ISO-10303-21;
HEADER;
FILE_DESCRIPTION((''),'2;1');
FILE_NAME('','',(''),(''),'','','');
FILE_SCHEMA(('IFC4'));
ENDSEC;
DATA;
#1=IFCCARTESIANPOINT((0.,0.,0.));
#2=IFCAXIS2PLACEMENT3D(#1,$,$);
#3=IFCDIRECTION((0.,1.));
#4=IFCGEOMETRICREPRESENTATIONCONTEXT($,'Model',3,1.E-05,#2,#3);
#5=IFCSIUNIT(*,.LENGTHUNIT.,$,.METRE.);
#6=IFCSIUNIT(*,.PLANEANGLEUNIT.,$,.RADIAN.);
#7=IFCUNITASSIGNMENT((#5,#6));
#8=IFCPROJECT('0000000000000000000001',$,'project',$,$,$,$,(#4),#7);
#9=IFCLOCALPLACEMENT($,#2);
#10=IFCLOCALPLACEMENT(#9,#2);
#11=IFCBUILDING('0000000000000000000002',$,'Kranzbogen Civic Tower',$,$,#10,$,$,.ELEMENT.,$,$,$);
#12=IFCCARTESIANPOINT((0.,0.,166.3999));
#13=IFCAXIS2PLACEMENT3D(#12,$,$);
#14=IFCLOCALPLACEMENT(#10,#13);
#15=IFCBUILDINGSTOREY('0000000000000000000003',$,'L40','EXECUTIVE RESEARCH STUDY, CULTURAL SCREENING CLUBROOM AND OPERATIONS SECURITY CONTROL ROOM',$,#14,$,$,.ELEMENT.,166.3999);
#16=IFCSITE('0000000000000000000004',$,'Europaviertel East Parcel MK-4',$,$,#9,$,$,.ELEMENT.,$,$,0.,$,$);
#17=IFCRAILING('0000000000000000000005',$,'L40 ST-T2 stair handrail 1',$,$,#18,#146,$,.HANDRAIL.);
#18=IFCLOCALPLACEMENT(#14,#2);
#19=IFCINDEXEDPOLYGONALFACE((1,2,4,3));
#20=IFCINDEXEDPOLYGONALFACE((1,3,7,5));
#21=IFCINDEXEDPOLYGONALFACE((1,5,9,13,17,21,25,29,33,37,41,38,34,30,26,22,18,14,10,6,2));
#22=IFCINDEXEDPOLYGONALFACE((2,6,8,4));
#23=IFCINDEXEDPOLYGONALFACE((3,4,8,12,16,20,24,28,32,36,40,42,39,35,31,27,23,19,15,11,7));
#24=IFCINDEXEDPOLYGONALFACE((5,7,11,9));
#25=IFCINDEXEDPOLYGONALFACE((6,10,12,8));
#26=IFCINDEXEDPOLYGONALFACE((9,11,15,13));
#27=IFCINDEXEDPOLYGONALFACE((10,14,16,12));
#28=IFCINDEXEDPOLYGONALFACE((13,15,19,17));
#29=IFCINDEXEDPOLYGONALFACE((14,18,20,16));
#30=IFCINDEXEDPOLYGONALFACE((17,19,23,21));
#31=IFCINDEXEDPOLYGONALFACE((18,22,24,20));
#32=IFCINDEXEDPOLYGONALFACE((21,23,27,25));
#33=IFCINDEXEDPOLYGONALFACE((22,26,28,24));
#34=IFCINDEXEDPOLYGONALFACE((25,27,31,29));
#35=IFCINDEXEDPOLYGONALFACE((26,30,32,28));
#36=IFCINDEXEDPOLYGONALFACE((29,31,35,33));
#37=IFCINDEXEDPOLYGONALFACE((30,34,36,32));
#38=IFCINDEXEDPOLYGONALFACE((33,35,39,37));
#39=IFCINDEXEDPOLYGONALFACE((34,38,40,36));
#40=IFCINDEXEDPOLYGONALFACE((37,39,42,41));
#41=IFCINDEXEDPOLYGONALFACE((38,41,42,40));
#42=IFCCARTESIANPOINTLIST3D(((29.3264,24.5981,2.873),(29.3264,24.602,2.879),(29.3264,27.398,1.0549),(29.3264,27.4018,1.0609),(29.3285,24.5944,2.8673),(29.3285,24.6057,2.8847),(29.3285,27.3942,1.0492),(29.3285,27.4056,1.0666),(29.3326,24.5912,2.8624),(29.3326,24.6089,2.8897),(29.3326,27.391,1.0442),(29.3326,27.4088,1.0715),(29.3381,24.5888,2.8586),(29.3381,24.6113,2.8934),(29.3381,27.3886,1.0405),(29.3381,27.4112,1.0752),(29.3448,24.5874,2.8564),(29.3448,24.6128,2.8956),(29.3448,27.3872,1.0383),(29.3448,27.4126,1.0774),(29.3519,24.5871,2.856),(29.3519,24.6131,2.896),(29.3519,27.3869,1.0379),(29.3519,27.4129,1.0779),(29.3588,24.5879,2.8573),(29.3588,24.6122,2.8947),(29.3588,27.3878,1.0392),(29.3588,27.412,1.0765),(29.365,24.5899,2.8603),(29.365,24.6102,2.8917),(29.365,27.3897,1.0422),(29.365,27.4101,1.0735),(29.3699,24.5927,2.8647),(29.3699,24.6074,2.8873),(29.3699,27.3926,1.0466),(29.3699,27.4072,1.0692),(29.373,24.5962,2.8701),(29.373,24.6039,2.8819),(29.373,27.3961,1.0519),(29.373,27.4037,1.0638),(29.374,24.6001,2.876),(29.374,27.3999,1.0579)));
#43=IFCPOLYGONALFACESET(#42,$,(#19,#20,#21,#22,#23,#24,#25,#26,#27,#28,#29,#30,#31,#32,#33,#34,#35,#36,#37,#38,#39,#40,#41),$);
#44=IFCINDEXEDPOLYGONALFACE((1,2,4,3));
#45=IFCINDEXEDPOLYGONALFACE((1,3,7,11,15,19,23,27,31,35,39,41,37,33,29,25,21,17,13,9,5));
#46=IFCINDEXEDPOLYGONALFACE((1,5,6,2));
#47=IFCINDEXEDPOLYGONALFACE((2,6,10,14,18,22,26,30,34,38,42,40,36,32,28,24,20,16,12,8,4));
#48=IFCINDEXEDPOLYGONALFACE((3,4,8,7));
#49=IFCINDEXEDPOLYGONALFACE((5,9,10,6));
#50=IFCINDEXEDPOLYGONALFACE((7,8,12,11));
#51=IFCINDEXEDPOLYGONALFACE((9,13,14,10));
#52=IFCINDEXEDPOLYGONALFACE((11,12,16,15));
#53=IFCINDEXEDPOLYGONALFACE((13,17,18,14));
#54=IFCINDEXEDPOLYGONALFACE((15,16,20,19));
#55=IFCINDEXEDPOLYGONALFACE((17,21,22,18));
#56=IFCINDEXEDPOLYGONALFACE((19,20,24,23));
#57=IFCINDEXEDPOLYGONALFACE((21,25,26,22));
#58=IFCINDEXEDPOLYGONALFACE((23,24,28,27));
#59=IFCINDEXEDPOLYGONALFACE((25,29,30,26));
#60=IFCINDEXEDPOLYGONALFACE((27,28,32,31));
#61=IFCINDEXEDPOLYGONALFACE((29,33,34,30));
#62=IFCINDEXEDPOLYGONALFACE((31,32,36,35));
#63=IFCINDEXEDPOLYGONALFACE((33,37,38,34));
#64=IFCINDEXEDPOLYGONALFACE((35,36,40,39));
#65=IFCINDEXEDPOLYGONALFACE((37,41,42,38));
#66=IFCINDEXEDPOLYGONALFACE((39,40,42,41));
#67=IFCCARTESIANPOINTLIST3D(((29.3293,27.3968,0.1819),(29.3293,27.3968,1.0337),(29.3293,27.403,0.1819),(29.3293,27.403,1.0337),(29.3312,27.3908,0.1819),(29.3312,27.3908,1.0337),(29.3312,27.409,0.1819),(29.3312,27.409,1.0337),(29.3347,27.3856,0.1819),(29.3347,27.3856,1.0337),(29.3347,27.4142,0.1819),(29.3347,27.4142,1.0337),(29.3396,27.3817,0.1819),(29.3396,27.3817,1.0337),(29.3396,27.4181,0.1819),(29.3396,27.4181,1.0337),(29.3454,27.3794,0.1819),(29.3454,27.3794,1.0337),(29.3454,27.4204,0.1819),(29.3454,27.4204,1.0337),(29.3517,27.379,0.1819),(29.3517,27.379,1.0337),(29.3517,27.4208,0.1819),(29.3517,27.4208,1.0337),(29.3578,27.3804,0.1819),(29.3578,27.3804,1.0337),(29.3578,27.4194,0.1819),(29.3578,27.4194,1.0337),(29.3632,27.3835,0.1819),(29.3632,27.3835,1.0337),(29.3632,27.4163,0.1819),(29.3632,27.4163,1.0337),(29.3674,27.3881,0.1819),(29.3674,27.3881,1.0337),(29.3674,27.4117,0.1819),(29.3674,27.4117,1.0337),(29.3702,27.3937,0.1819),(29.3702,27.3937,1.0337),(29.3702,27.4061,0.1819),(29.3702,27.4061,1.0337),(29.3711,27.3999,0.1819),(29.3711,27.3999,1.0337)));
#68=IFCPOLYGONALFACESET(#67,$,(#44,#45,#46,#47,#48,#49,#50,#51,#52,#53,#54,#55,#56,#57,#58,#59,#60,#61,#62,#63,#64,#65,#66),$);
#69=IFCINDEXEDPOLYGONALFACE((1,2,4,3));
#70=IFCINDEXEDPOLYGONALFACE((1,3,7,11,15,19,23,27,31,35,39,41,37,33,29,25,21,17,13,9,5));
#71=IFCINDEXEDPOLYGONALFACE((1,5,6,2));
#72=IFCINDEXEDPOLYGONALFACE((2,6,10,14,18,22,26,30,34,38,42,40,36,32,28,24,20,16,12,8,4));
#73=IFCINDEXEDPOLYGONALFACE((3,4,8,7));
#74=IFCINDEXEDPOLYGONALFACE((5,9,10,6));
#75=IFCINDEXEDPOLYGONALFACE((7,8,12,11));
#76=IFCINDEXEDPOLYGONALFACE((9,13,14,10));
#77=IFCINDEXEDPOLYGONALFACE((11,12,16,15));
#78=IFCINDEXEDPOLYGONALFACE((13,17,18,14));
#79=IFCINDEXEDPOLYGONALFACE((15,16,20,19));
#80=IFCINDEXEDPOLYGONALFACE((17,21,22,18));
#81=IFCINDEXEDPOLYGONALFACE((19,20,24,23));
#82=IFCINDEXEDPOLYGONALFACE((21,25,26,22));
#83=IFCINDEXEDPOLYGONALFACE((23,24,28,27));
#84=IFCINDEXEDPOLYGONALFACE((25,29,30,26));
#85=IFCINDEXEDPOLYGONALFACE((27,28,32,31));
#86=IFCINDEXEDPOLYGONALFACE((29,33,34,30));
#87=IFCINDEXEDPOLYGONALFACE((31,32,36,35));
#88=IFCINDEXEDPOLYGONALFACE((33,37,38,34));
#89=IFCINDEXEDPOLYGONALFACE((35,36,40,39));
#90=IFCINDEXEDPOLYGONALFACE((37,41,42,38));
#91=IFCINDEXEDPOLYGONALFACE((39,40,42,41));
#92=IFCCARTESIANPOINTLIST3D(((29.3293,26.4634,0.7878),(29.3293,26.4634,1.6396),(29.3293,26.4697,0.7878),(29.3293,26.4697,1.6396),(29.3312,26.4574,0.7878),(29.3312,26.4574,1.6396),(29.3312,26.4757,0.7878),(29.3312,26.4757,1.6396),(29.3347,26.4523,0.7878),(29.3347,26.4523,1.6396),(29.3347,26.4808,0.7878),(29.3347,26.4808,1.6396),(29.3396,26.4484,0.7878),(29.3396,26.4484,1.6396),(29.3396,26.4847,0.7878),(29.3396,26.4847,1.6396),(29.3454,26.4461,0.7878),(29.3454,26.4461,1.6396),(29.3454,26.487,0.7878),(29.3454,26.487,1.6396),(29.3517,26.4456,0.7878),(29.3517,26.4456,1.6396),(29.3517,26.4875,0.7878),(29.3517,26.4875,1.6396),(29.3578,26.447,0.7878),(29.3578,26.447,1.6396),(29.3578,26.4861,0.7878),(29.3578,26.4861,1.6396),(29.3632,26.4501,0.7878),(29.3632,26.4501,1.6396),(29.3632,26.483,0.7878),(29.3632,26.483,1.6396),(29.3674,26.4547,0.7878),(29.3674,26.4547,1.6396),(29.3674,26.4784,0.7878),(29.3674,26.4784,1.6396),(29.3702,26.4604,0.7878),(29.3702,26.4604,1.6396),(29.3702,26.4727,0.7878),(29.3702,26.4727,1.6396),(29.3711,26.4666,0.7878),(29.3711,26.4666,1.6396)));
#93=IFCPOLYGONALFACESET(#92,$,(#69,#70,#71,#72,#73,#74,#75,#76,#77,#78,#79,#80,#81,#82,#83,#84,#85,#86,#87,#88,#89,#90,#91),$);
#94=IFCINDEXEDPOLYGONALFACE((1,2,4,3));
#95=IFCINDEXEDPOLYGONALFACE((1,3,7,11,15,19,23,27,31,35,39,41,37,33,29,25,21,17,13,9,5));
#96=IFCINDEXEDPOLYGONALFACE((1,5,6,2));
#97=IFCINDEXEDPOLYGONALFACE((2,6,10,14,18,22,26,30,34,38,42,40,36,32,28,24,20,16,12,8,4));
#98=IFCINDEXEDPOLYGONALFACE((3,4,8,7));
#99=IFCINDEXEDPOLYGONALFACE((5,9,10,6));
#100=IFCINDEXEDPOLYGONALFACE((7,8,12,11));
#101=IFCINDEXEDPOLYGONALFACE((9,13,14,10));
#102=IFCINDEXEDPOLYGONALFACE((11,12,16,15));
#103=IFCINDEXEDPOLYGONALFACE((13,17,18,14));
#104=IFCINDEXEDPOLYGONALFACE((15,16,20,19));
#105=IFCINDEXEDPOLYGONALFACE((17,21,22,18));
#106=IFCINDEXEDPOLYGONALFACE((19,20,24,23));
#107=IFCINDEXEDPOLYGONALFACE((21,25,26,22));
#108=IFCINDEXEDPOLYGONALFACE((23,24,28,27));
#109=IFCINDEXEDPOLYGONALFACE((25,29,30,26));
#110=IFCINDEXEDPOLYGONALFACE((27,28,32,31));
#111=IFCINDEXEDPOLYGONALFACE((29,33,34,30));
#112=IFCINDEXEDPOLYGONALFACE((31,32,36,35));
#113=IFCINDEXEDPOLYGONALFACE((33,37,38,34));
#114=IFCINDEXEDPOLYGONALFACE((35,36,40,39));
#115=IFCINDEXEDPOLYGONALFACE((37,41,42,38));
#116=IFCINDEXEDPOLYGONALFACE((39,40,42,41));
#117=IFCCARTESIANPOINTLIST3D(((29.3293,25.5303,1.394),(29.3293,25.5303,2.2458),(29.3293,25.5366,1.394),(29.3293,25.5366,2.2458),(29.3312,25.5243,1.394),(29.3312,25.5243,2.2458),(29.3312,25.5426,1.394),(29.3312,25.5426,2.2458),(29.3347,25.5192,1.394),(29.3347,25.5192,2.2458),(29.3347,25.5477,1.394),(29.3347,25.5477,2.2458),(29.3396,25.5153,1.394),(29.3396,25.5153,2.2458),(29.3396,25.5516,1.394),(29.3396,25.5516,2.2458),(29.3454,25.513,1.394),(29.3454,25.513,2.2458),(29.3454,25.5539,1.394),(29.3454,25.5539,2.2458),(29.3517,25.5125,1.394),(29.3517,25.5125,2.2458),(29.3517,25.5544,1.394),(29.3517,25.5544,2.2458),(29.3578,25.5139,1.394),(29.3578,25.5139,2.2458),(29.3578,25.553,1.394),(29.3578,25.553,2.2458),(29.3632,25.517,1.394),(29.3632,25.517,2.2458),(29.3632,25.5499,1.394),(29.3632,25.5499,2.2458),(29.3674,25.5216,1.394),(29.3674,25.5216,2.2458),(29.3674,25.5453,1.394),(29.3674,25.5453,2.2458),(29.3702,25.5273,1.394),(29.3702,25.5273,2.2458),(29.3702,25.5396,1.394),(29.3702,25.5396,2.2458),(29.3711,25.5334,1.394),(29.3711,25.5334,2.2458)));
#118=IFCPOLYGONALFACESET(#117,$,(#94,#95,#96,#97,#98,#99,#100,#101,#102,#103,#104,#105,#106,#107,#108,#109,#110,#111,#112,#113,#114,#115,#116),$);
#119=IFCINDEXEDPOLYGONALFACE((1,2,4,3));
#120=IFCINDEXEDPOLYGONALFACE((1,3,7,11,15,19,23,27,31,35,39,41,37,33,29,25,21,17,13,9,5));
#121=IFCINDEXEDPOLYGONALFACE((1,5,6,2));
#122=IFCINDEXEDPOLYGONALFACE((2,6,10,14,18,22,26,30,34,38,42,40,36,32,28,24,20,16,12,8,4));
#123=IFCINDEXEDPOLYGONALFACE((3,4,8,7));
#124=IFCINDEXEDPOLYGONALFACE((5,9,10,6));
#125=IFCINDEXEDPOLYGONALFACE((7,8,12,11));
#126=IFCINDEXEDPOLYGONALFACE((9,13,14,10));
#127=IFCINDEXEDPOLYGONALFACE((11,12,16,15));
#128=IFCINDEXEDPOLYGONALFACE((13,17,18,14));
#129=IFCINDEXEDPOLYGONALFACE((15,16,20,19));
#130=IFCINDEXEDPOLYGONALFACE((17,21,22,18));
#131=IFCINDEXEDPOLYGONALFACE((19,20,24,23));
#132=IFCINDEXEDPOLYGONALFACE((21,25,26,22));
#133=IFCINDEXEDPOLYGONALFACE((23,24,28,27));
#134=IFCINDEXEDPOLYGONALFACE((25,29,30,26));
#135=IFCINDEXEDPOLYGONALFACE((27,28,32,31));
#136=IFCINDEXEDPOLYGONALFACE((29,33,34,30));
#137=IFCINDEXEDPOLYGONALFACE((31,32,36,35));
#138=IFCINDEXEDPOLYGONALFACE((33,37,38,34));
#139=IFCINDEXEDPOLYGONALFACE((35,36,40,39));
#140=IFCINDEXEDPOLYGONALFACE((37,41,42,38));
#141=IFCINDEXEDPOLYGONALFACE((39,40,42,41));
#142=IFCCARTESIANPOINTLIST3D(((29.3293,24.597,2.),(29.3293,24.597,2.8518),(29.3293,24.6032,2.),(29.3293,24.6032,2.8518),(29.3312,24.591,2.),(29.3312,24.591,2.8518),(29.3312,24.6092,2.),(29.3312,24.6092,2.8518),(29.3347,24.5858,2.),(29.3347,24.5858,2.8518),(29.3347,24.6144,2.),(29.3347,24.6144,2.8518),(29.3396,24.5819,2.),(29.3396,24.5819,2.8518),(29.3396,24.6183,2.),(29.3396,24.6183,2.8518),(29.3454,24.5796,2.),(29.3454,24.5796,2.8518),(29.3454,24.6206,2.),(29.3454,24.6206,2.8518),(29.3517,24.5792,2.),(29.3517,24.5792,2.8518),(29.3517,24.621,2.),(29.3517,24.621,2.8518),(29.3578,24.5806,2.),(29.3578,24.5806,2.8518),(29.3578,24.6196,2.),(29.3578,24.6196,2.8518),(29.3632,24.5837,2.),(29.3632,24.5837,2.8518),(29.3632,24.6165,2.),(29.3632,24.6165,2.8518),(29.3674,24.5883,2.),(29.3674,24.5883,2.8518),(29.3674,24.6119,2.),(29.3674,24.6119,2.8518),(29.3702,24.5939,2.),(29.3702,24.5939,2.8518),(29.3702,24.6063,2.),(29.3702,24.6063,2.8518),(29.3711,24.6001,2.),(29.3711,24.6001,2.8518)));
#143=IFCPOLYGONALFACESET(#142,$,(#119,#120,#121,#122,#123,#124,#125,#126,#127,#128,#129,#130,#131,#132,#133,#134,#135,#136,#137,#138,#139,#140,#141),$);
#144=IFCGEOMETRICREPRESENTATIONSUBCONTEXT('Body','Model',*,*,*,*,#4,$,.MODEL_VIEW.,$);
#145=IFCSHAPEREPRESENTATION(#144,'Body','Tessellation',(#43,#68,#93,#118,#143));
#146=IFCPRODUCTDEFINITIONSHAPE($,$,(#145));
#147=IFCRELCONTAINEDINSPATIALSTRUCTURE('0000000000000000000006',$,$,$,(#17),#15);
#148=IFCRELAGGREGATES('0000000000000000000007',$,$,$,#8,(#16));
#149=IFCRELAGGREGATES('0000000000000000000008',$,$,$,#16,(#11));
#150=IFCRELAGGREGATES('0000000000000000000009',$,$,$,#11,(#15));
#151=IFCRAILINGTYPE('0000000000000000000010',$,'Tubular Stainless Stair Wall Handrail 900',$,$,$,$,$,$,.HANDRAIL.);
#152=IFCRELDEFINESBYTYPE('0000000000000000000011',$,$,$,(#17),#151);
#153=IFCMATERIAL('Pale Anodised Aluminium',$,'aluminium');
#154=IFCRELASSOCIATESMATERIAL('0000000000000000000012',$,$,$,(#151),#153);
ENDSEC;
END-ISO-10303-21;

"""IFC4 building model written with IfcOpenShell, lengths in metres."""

from ifc_helpers import new_model, si_unit, direction, frame, origin, origin_2d, place, context, subcontext, project, spatial, circle, extrude, material, type_object, element, save


model = new_model("IFC4")

# Units and contexts
model_context = context("Model", 3, precision=1e-05, world=origin(), true_north=direction((0.0, 1.0)))
body_context = subcontext(model_context, "Body", "Model", "MODEL_VIEW")
ifc_project = project(units=[si_unit("LENGTHUNIT", "METRE"), si_unit("PLANEANGLEUNIT", "RADIAN")], contexts=[model_context])

# Site, building, storey
site_placement = place(None, origin())
site = spatial("IfcSite", under=ifc_project, at=site_placement, Name="Europaviertel East Parcel MK-4", CompositionType="ELEMENT", RefElevation=0.0)
building_placement = place(site_placement, origin())
building = spatial("IfcBuilding", under=site, at=building_placement, Name="Kranzbogen Civic Tower", CompositionType="ELEMENT")
storey_placement = place(building_placement, frame((0.0, 0.0, 166.3999)))
storey = spatial("IfcBuildingStorey", under=building, at=storey_placement, Name="L40", Description="EXECUTIVE RESEARCH STUDY, CULTURAL SCREENING CLUBROOM AND OPERATIONS SECURITY CONTROL ROOM", CompositionType="ELEMENT", Elevation=166.3999)

# Shared definitions
ifc_material_1 = material(Name="Pale Anodised Aluminium", Category="aluminium")

# Railing
railing_type_1 = type_object("IfcRailingType", Name="Tubular Stainless Stair Wall Handrail 900", PredefinedType="HANDRAIL", material=ifc_material_1)
railing_1_placement = place(storey_placement, frame((29.3501, 27.3999, 0.1819)))
element("IfcRailing", 1, at=railing_1_placement, inside=storey, type_object=railing_type_1, Name="L40 ST-T2 stair handrail 1", PredefinedType="HANDRAIL", context=body_context, shape_type="SweptSolid", body=[
    extrude(circle(Radius=0.0239, at=origin_2d()), frame((0.0, 0.0, 0.876), z_axis=(0.0, -0.838684, 0.544618), x_axis=(1.0, 0.0, 0.0)), (0.0, 0.0, 1.0), 3.3384),
    extrude(circle(Radius=0.021, at=origin_2d()), origin(), (0.0, 0.0, 1.0), 0.8518),
    extrude(circle(Radius=0.021, at=origin_2d()), frame((0.0, -0.9333, 0.606)), (0.0, 0.0, 1.0), 0.8518),
    extrude(circle(Radius=0.021, at=origin_2d()), frame((0.0, -1.8665, 1.2122)), (0.0, 0.0, 1.0), 0.8518),
    extrude(circle(Radius=0.021, at=origin_2d()), frame((0.0, -2.7998, 1.8181)), (0.0, 0.0, 1.0), 0.8518),
])

save(model, "model.ifc")
